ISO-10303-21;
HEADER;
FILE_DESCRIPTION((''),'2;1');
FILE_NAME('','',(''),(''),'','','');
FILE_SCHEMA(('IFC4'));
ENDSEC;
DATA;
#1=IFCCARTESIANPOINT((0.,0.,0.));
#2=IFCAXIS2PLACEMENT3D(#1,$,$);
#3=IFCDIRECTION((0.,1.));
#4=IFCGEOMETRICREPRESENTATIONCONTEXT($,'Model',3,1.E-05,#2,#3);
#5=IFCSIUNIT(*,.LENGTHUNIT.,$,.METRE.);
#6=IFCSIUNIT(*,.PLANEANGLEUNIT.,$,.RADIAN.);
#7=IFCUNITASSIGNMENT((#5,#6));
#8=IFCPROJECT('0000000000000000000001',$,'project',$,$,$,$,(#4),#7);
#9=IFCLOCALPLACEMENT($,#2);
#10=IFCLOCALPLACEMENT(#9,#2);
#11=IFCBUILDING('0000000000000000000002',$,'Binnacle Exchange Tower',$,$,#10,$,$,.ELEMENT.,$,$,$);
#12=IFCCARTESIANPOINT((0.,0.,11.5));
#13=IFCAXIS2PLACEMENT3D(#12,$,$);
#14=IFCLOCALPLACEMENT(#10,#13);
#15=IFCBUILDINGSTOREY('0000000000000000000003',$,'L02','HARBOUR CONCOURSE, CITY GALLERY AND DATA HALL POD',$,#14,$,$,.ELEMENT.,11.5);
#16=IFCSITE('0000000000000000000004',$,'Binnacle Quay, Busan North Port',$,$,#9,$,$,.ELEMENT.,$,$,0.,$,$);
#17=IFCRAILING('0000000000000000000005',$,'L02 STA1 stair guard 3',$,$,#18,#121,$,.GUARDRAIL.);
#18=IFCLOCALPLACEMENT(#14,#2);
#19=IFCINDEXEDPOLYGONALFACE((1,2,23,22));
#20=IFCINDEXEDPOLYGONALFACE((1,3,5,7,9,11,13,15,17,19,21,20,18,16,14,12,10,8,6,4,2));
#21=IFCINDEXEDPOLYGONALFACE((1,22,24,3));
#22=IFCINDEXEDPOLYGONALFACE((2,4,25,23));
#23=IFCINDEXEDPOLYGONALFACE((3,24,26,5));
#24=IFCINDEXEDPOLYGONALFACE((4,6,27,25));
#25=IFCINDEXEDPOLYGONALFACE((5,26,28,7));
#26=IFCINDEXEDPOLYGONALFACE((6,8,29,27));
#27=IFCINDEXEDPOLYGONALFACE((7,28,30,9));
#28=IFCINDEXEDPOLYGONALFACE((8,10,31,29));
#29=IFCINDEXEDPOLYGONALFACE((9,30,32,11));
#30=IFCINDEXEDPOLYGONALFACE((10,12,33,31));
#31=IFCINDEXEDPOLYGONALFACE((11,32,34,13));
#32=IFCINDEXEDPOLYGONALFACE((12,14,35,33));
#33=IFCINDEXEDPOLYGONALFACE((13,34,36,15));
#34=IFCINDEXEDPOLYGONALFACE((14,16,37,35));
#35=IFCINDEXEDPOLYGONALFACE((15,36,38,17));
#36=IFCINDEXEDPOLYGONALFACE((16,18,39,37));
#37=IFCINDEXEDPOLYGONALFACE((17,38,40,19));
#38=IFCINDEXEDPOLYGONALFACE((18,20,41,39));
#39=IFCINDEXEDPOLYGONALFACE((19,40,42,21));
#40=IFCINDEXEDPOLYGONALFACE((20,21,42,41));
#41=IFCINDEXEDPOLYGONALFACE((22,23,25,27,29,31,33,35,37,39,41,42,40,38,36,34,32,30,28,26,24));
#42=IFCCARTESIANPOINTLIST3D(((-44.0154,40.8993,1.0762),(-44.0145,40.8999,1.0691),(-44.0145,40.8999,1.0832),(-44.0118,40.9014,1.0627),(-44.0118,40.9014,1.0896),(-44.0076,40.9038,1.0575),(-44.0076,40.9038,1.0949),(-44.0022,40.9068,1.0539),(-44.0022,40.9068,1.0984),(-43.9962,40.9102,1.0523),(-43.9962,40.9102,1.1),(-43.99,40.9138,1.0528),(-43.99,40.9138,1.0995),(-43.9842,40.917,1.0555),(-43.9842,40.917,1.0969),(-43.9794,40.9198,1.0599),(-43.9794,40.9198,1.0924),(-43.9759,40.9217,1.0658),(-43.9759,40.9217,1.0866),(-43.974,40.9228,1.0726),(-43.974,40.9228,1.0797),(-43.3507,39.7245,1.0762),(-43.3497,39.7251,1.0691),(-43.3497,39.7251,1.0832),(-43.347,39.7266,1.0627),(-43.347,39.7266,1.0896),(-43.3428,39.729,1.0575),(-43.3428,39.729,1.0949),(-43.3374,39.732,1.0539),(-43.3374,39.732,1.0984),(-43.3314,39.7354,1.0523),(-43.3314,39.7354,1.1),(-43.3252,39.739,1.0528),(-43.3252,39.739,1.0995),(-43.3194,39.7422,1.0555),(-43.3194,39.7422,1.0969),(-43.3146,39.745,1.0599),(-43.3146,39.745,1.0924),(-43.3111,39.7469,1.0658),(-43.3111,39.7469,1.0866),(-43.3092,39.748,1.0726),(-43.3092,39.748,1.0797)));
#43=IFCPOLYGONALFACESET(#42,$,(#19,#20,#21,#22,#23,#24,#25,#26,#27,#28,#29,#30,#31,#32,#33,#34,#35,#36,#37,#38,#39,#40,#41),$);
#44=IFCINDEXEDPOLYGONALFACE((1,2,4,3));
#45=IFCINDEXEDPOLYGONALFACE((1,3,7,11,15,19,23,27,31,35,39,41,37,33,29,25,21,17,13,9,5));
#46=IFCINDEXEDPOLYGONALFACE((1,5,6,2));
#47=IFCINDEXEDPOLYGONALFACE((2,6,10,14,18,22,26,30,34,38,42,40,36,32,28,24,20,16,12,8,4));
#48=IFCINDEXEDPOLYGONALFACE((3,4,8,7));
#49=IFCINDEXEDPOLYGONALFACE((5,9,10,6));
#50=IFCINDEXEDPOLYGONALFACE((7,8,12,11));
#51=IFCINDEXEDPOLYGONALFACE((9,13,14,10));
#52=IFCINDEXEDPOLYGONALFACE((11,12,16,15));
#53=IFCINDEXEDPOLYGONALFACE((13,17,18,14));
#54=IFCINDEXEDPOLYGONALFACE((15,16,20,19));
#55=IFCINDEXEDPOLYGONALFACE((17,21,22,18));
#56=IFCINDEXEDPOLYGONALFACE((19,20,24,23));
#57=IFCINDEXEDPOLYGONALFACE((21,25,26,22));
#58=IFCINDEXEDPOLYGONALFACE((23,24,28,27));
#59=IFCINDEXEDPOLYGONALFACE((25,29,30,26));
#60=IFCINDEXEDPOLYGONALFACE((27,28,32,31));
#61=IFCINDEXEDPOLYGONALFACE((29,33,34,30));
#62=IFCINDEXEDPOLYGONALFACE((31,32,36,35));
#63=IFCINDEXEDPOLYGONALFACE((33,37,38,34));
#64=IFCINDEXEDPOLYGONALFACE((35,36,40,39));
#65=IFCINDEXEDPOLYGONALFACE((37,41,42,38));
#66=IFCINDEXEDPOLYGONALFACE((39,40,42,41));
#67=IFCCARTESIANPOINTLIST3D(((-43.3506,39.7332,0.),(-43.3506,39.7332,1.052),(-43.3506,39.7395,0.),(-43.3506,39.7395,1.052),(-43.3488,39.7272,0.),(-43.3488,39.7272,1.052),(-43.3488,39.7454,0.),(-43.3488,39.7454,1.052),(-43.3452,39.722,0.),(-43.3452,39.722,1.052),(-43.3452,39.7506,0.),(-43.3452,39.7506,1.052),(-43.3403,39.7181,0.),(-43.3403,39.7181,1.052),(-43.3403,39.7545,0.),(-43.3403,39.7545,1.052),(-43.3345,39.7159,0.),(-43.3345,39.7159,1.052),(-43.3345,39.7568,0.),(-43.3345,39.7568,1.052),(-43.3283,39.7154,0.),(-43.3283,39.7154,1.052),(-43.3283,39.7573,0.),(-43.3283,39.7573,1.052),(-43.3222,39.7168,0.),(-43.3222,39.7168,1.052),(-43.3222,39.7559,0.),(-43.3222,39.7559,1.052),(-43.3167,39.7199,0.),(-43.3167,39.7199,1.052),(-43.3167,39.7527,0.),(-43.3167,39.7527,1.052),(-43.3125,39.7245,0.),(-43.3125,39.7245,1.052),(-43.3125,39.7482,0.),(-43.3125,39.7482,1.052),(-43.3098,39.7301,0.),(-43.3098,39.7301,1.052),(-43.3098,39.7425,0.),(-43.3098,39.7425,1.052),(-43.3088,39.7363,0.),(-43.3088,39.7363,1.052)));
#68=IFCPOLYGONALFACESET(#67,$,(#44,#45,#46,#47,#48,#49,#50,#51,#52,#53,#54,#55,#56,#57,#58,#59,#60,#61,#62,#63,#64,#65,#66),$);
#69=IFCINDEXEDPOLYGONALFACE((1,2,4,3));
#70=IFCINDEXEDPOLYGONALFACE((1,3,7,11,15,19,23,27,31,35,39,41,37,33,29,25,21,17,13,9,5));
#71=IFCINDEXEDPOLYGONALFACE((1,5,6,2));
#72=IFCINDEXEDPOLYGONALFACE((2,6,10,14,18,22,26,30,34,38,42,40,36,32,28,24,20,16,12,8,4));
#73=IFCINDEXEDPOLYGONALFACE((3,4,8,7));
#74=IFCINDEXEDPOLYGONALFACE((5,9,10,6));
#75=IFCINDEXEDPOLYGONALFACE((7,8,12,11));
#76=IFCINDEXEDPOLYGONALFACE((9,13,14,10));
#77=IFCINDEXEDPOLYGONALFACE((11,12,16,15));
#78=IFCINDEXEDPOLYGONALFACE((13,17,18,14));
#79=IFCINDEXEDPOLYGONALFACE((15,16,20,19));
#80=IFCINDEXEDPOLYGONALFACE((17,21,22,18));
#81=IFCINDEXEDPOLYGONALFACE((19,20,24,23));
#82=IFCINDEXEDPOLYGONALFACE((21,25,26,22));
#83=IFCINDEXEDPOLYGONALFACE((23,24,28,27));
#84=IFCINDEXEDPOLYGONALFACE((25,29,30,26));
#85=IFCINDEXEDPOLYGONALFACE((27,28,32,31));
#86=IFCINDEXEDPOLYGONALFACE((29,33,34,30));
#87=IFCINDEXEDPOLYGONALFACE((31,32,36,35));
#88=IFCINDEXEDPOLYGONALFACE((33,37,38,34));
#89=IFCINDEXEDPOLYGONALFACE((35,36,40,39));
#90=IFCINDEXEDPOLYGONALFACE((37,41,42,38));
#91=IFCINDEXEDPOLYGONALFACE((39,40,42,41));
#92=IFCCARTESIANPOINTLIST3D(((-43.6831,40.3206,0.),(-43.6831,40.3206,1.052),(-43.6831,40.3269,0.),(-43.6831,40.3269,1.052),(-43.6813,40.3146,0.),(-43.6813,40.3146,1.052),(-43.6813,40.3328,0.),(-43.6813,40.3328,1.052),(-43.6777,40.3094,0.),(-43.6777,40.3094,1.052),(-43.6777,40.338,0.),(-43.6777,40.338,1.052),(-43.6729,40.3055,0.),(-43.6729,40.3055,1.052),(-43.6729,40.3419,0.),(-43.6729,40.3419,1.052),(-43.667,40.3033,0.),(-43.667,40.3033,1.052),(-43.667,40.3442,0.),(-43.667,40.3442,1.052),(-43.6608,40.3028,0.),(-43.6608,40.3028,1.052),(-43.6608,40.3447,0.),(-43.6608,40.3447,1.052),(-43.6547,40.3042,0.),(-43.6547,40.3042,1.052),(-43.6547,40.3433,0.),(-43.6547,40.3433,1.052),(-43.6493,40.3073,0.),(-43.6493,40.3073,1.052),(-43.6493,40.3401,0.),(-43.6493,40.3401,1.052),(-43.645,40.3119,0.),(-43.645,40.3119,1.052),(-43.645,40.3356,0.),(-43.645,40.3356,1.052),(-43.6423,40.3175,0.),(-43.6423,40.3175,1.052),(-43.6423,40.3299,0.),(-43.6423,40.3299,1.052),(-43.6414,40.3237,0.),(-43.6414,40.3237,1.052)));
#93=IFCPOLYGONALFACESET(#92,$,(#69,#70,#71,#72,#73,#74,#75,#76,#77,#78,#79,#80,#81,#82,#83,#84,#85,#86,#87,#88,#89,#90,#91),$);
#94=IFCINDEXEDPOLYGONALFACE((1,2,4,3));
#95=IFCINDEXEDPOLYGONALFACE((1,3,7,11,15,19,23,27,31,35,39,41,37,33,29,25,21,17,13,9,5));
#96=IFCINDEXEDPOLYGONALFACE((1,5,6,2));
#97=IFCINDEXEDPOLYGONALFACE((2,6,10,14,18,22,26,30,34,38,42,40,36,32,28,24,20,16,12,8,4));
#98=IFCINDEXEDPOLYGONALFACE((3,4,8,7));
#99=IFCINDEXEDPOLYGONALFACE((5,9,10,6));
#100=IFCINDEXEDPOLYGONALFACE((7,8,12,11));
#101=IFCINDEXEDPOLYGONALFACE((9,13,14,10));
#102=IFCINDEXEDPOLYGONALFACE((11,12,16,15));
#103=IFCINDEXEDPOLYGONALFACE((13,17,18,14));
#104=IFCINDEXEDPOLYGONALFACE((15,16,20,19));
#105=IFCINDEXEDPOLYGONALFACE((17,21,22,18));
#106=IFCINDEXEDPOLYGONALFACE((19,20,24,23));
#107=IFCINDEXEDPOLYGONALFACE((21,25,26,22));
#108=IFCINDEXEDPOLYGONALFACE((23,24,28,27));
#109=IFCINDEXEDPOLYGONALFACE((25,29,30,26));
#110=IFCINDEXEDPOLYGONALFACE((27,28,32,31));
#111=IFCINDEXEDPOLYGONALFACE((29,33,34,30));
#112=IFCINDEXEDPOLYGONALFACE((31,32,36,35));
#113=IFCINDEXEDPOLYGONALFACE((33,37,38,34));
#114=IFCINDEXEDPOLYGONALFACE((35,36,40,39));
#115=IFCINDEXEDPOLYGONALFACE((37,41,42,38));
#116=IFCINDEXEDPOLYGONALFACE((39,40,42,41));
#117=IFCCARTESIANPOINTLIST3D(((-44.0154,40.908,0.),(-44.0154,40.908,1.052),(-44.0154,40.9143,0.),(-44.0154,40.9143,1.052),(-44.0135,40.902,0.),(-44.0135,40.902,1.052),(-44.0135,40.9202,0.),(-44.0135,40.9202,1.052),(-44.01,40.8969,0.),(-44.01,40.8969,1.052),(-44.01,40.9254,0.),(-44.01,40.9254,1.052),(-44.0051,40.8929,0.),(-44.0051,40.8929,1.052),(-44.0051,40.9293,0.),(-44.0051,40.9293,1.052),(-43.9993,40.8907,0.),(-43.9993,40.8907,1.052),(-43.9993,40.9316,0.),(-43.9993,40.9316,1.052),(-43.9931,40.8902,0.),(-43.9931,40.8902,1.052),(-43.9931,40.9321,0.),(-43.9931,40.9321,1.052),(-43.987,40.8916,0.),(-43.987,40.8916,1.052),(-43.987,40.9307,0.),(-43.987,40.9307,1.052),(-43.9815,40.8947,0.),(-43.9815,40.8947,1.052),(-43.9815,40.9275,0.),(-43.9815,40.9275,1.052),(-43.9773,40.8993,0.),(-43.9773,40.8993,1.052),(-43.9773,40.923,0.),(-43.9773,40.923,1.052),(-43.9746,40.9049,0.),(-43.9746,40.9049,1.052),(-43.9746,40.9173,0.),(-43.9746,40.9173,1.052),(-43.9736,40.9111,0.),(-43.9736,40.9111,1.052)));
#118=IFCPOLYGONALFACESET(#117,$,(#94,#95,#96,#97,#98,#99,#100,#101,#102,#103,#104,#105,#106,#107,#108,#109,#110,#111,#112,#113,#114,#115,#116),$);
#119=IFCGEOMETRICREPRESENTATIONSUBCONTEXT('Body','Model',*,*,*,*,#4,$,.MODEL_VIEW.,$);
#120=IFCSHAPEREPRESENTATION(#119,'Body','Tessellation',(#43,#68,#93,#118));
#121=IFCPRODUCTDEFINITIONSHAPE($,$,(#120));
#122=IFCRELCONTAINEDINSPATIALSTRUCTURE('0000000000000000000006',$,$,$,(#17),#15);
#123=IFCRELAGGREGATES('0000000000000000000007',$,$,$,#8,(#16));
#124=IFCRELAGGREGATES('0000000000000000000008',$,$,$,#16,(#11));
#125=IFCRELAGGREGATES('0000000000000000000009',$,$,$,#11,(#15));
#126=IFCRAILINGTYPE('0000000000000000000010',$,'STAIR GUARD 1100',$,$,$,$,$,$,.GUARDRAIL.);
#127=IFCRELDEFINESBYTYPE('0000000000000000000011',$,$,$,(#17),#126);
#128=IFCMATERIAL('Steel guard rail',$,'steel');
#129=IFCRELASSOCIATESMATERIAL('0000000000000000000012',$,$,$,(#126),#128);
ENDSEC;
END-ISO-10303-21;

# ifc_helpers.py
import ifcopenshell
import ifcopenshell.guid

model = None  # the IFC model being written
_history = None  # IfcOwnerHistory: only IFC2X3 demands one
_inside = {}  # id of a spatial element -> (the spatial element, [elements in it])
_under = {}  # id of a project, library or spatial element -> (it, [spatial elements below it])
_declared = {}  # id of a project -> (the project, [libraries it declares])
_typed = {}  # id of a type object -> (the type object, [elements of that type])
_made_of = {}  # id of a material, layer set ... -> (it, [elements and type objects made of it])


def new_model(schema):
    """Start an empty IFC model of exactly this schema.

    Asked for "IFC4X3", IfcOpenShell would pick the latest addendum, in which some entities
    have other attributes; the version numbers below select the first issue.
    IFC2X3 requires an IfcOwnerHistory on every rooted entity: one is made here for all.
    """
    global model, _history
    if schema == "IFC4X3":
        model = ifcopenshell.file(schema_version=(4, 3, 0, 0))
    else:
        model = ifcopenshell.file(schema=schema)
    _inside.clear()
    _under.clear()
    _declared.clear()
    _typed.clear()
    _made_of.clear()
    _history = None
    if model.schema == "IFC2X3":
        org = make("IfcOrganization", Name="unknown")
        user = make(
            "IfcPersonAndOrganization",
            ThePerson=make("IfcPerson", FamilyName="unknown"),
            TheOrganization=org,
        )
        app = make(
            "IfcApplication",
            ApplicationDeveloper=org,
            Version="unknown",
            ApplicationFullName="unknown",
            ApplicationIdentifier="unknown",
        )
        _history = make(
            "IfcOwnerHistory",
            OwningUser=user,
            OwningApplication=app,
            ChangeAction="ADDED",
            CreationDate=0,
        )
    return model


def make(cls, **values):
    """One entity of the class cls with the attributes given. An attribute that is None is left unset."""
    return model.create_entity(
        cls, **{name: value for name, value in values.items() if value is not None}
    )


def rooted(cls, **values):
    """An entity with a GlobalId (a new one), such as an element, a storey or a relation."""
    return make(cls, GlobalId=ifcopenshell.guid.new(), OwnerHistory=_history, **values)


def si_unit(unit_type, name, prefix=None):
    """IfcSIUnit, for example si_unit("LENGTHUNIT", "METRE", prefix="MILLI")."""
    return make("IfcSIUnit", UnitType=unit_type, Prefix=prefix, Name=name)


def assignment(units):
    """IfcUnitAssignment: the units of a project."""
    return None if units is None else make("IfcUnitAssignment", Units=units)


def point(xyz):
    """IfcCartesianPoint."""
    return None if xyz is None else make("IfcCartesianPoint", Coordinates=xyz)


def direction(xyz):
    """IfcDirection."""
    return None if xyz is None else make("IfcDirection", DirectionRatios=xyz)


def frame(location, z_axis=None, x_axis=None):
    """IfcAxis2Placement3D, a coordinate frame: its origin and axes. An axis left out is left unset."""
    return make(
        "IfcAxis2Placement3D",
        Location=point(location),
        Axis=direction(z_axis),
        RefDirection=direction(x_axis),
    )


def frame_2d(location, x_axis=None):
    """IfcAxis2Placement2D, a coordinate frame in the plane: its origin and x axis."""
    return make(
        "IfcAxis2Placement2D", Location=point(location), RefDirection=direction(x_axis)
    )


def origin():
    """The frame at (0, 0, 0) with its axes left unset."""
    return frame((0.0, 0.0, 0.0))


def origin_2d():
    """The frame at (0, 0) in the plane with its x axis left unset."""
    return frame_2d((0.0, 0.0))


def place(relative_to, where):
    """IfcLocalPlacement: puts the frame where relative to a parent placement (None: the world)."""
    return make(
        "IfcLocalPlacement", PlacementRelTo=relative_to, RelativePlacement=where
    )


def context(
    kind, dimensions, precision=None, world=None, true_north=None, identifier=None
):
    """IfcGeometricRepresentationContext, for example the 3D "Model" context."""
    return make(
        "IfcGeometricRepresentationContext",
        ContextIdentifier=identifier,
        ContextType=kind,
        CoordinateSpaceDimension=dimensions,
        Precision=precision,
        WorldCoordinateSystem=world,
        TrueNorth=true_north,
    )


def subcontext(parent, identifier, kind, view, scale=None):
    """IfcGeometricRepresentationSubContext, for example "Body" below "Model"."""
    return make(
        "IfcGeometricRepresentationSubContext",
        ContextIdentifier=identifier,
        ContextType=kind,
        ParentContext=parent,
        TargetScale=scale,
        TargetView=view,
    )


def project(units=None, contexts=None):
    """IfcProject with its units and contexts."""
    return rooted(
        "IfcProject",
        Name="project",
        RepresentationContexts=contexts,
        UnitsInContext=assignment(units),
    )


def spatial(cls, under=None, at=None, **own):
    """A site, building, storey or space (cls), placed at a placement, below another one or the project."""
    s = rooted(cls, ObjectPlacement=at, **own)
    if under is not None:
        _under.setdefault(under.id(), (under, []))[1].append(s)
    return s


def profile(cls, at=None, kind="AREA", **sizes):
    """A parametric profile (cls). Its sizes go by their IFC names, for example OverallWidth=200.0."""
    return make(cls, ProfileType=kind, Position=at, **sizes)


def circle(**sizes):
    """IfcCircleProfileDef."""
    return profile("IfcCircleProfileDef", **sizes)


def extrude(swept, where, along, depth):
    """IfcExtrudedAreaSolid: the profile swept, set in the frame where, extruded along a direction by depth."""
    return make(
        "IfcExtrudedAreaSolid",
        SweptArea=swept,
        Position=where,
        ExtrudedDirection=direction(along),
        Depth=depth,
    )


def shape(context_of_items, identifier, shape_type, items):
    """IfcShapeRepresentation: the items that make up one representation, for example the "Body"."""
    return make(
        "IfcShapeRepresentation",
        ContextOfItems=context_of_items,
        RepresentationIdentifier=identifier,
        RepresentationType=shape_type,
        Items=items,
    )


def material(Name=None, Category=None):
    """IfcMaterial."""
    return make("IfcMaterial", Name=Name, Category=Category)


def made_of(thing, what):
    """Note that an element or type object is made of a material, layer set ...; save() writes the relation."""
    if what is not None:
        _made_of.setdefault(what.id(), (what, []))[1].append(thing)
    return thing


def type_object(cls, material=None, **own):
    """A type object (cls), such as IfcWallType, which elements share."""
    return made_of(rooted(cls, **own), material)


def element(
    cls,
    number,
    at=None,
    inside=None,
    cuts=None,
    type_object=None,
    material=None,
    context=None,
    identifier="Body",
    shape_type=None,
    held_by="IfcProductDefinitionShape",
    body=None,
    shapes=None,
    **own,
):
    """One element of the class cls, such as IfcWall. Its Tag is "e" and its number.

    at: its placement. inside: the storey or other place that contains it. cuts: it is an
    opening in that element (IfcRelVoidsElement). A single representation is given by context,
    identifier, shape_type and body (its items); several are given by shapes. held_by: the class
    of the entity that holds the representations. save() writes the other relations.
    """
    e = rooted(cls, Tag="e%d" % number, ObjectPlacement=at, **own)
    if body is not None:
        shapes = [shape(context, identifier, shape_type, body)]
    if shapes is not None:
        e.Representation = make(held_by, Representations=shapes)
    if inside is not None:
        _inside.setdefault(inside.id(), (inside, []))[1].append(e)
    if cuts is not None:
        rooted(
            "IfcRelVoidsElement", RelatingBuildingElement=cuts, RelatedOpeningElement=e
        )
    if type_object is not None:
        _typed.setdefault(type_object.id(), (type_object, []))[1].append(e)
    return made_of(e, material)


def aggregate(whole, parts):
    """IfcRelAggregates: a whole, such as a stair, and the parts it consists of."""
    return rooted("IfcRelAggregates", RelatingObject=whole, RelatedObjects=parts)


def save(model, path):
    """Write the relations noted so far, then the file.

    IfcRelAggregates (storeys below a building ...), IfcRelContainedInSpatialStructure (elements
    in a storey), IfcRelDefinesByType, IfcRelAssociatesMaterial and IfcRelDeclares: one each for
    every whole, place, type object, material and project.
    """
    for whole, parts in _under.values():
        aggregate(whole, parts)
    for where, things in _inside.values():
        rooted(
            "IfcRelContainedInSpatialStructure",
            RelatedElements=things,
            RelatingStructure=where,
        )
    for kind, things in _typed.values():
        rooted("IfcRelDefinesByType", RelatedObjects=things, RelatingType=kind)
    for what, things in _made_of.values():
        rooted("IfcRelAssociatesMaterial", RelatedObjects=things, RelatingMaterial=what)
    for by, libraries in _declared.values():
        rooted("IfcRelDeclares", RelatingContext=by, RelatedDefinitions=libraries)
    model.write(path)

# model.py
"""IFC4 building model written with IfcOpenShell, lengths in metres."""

from ifc_helpers import new_model, si_unit, direction, frame, origin, origin_2d, place, context, subcontext, project, spatial, circle, extrude, material, type_object, element, save


model = new_model("IFC4")

# Units and contexts
model_context = context("Model", 3, precision=1e-05, world=origin(), true_north=direction((0.0, 1.0)))
body_context = subcontext(model_context, "Body", "Model", "MODEL_VIEW")
ifc_project = project(units=[si_unit("LENGTHUNIT", "METRE"), si_unit("PLANEANGLEUNIT", "RADIAN")], contexts=[model_context])

# Site, building, storey
site_placement = place(None, origin())
site = spatial("IfcSite", under=ifc_project, at=site_placement, Name="Binnacle Quay, Busan North Port", CompositionType="ELEMENT", RefElevation=0.0)
building_placement = place(site_placement, origin())
building = spatial("IfcBuilding", under=site, at=building_placement, Name="Binnacle Exchange Tower", CompositionType="ELEMENT")
storey_placement = place(building_placement, frame((0.0, 0.0, 11.5)))
storey = spatial("IfcBuildingStorey", under=building, at=storey_placement, Name="L02", Description="HARBOUR CONCOURSE, CITY GALLERY AND DATA HALL POD", CompositionType="ELEMENT", Elevation=11.5)

# Railing
ifc_material_1 = material(Name="Steel guard rail", Category="steel")
railing_type_1 = type_object("IfcRailingType", Name="STAIR GUARD 1100", PredefinedType="GUARDRAIL", material=ifc_material_1)
railing_1_placement = place(storey_placement, frame((-43.3298, 39.7363, 0.0)))
element("IfcRailing", 1, at=railing_1_placement, inside=storey, type_object=railing_type_1, Name="L02 STA1 stair guard 3", PredefinedType="GUARDRAIL", context=body_context, shape_type="SweptSolid", body=[
    extrude(circle(Radius=0.0239, at=origin_2d()), frame((0.0, 0.0, 1.0762), z_axis=(-0.492492, 0.870317, 0.0), x_axis=(-0.870317, -0.492492, 0.0)), (0.0, 0.0, 1.0), 1.3499),
    extrude(circle(Radius=0.021, at=origin_2d()), origin(), (0.0, 0.0, 1.0), 1.052),
    extrude(circle(Radius=0.021, at=origin_2d()), frame((-0.3325, 0.5874, 0.0)), (0.0, 0.0, 1.0), 1.052),
    extrude(circle(Radius=0.021, at=origin_2d()), frame((-0.6648, 1.1748, 0.0)), (0.0, 0.0, 1.0), 1.052),
])

save(model, "model.ifc")
